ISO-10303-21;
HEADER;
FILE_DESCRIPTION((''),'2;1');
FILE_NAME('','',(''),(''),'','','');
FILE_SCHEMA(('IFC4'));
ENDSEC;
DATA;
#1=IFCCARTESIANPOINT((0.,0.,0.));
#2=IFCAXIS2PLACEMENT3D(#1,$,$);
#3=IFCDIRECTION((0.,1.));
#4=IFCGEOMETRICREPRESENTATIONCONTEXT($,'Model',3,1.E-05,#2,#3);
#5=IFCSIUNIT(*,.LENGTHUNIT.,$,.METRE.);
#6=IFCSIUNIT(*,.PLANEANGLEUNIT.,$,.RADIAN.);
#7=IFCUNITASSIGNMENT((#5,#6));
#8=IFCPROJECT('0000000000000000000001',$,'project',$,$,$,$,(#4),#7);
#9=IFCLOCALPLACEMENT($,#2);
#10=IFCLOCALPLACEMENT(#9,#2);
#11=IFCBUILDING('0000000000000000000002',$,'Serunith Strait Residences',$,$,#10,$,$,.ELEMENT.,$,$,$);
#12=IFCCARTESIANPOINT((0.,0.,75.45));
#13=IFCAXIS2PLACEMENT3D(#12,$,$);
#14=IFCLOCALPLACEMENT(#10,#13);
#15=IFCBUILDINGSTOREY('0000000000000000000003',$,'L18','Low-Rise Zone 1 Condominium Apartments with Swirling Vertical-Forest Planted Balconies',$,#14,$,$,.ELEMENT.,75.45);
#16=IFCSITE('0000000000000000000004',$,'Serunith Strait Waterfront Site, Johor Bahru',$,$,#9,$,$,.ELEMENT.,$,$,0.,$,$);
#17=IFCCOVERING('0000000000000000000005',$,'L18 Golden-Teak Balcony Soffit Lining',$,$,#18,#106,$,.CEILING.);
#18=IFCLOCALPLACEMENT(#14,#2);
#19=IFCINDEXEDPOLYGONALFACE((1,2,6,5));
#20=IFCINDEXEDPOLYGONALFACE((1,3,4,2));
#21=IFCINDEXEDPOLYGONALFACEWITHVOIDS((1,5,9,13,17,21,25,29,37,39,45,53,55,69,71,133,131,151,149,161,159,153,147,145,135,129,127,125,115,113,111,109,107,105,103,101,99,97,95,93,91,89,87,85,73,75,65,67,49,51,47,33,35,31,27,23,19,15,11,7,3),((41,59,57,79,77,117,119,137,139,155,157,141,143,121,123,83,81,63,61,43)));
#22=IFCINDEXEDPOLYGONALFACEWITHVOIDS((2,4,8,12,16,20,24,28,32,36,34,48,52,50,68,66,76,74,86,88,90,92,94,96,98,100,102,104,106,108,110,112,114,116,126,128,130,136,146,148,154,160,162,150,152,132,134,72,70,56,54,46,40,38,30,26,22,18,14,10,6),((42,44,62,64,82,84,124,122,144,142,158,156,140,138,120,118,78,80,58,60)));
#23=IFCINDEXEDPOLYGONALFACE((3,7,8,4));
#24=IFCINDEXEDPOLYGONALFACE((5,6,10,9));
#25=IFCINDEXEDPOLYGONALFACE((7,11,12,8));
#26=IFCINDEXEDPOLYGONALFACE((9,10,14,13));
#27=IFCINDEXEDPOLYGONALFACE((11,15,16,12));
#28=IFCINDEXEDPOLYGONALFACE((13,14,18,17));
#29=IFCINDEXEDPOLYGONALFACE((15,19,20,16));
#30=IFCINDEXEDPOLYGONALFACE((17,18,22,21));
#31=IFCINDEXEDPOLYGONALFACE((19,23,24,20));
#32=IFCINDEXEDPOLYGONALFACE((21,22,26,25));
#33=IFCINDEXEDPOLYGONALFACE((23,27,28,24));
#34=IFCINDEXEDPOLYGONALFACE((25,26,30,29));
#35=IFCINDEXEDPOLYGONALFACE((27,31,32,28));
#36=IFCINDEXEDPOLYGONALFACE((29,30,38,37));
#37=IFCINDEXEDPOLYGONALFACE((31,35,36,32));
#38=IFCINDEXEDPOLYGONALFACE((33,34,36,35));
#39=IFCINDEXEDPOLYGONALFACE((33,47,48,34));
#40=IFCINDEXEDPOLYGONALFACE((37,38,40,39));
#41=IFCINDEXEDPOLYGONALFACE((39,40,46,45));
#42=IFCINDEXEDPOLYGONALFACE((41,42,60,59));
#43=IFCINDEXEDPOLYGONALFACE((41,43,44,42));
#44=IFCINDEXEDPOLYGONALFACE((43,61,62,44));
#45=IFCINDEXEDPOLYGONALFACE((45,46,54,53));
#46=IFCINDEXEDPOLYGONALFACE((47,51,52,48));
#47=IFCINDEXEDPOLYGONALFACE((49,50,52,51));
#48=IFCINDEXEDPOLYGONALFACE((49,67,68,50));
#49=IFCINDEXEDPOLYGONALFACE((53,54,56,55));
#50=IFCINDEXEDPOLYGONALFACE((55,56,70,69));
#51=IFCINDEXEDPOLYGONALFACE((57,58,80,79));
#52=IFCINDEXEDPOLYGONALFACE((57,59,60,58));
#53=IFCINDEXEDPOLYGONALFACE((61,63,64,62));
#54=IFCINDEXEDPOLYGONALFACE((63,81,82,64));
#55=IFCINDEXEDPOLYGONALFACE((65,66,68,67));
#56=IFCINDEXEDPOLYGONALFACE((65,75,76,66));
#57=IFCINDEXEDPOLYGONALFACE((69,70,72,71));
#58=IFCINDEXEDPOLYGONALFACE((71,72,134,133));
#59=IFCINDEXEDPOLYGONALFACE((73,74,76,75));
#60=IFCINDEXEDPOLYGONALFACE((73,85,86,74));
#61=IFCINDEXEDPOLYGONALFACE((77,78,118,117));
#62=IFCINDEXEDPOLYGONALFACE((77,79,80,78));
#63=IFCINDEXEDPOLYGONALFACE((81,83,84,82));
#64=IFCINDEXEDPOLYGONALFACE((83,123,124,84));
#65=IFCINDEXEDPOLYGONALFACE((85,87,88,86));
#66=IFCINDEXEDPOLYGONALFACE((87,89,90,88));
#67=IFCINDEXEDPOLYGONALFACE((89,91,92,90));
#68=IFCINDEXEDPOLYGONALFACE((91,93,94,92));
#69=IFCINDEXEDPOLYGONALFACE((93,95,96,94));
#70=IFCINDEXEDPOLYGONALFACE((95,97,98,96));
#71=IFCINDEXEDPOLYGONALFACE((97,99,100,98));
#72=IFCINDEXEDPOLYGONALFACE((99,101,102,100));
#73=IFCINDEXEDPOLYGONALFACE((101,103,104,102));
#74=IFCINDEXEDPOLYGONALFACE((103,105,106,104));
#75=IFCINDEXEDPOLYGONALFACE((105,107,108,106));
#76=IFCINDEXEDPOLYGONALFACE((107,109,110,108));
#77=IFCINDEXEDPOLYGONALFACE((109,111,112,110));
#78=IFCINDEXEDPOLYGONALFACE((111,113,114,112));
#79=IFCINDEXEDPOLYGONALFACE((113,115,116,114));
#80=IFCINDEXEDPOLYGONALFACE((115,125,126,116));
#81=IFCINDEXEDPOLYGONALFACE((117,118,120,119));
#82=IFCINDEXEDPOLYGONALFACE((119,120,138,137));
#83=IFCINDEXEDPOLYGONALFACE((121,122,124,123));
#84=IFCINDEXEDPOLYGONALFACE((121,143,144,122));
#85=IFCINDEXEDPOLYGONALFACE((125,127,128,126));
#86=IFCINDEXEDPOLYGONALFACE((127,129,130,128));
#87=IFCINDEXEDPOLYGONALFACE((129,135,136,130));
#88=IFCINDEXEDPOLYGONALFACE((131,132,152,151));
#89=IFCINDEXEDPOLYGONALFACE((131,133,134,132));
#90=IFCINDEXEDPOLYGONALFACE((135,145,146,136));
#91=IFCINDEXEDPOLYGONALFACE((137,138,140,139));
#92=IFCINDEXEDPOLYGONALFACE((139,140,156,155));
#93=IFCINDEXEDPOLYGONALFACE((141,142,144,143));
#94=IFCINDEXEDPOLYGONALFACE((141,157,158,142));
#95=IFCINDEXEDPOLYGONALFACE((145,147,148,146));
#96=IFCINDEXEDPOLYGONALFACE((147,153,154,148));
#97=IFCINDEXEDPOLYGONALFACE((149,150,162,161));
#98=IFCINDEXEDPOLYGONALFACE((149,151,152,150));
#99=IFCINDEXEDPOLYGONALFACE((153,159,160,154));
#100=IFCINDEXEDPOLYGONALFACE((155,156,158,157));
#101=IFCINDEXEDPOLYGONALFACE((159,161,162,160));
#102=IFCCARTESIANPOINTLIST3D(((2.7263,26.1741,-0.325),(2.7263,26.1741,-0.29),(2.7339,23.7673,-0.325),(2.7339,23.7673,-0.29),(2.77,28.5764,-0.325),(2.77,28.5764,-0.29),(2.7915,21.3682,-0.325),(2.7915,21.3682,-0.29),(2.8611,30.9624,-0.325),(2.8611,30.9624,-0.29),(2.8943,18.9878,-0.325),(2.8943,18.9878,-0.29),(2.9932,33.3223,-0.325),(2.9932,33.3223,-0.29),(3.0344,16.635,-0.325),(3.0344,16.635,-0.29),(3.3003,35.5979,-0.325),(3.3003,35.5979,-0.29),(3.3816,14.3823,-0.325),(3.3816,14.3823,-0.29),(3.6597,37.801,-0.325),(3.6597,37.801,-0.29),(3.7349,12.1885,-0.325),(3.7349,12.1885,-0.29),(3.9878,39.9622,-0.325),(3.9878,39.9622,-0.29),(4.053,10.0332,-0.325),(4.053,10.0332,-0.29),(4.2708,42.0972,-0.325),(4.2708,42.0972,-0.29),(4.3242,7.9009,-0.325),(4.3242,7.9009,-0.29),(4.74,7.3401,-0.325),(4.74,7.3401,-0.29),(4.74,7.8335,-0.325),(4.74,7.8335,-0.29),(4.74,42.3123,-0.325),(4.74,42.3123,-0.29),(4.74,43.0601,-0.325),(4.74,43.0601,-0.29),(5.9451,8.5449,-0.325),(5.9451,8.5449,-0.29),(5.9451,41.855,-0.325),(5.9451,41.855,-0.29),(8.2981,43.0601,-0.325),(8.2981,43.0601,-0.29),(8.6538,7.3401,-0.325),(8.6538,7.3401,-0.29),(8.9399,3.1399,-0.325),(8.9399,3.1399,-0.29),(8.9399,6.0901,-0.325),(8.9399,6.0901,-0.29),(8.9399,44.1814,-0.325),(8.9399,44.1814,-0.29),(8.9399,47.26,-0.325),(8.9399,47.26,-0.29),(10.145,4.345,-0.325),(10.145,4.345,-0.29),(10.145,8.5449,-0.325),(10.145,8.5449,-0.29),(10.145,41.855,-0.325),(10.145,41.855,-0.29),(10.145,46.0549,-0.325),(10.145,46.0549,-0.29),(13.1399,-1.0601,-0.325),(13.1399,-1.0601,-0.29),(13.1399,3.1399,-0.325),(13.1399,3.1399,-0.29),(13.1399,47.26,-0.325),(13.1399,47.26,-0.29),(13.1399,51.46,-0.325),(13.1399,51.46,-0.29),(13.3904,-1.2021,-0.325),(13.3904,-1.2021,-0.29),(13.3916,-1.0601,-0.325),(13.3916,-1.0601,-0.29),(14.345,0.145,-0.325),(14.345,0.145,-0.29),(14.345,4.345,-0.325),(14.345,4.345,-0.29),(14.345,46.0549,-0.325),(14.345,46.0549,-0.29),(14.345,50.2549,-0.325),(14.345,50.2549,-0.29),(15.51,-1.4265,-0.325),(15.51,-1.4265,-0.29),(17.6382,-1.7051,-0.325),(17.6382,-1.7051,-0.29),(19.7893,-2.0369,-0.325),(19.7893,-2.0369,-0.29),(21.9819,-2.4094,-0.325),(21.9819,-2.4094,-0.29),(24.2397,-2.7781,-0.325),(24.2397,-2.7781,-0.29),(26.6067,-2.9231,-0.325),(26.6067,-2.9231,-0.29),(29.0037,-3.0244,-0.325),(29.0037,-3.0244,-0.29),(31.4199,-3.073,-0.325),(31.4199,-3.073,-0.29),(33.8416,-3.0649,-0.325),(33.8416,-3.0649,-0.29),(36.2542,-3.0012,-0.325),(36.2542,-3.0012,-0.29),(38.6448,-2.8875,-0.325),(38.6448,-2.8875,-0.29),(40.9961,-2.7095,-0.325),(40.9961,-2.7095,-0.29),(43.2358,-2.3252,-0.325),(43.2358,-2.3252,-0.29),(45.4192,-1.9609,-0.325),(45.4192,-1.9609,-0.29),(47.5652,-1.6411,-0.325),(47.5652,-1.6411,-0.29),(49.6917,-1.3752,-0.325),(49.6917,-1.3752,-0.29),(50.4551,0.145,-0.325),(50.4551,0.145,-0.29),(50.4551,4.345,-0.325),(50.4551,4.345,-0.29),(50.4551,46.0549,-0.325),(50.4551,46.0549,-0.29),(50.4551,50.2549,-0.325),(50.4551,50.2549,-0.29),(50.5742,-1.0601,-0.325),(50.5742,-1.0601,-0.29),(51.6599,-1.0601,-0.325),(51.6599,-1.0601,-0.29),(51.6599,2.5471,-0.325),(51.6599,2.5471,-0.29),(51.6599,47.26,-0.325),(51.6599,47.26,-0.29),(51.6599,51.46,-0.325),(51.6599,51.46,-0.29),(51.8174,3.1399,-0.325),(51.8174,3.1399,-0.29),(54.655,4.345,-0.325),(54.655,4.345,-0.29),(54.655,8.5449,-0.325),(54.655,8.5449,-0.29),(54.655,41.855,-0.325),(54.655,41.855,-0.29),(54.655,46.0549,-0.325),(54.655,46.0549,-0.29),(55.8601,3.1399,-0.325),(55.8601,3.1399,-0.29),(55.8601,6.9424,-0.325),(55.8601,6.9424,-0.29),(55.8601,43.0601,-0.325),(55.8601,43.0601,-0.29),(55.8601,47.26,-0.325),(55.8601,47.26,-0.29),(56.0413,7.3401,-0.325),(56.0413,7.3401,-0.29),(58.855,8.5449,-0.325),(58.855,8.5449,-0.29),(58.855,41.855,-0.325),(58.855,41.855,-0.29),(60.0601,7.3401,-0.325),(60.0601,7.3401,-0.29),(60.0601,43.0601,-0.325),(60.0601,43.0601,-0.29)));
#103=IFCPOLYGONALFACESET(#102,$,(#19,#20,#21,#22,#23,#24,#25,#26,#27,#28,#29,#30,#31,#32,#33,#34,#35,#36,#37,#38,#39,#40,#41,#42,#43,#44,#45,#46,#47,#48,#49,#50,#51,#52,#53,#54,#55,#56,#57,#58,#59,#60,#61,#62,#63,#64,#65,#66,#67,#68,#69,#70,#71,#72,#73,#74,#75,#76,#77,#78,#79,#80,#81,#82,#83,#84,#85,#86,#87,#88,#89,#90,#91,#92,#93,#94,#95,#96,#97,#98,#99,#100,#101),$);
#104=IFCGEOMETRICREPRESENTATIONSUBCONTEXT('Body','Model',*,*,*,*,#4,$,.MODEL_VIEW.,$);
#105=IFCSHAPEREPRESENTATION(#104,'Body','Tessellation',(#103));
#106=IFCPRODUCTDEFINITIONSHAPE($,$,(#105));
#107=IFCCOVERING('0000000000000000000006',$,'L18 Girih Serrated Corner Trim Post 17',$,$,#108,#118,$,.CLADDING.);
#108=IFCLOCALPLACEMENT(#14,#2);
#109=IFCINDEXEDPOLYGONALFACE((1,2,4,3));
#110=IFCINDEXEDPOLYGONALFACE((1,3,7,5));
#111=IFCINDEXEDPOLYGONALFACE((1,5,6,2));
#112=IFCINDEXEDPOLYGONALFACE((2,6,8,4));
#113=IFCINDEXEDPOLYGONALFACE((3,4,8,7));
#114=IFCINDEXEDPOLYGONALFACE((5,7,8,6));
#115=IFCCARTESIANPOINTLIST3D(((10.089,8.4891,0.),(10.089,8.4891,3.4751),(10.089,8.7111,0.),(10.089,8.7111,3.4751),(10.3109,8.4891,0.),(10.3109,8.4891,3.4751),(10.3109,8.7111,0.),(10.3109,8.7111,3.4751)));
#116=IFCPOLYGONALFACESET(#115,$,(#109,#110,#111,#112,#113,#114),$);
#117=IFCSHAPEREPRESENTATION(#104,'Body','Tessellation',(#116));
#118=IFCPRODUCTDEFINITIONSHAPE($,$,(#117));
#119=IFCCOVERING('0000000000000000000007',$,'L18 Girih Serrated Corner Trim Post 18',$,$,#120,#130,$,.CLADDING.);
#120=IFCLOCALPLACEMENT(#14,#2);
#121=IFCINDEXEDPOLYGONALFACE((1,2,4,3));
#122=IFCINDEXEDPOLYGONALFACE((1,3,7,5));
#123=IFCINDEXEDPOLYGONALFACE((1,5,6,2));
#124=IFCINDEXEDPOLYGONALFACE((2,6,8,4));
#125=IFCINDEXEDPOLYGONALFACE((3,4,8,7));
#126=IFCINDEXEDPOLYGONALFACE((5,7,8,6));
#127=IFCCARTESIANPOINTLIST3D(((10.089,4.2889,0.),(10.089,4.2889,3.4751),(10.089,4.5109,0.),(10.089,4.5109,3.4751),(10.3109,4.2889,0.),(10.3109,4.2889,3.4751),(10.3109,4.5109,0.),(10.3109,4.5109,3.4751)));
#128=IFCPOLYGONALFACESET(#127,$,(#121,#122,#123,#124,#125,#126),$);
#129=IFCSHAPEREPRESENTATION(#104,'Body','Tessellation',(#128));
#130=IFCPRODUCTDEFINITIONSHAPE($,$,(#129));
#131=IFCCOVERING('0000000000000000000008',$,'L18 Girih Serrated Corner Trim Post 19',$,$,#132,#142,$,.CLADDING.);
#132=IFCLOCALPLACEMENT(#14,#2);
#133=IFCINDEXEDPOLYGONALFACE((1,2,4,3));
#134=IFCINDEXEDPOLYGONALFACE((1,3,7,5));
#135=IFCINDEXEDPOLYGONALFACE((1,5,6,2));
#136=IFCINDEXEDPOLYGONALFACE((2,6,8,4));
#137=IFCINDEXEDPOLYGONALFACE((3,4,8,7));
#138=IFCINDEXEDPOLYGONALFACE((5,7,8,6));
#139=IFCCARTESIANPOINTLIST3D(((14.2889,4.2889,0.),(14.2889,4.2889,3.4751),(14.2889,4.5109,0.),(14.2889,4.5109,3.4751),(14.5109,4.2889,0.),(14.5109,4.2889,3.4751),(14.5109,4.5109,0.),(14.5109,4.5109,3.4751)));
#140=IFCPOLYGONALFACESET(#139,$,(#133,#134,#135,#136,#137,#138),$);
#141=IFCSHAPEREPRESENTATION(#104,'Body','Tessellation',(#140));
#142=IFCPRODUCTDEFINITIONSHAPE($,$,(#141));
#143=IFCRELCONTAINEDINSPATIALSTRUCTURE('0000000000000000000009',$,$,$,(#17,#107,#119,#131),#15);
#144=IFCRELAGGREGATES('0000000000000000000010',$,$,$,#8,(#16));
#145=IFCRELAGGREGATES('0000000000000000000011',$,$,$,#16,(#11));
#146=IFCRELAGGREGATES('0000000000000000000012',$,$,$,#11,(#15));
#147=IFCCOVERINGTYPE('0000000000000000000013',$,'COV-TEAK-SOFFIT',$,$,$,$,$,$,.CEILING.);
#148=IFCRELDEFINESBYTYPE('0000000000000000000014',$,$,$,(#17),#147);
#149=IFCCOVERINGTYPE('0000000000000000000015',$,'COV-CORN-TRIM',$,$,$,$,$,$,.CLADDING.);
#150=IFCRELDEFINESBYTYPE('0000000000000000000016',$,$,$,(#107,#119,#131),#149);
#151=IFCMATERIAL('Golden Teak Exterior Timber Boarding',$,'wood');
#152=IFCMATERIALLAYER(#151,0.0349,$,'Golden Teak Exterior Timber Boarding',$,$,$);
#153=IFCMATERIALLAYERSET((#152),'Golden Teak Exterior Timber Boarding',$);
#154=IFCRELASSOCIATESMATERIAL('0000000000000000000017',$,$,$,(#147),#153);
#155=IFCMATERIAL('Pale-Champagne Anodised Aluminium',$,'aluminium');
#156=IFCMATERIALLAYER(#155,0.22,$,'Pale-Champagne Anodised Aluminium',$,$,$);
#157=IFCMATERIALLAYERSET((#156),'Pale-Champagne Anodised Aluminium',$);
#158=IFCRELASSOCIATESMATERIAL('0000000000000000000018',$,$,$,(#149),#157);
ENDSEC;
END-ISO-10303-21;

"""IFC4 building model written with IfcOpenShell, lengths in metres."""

from ifc_helpers import new_model, si_unit, direction, frame, origin, origin_2d, place, context, subcontext, project, spatial, polyline, rectangle, outline, extrude, source, transform, mapped, material, layer, layer_set, type_object, element, save


model = new_model("IFC4")

# Units and contexts
model_context = context("Model", 3, precision=1e-05, world=origin(), true_north=direction((0.0, 1.0)))
body_context = subcontext(model_context, "Body", "Model", "MODEL_VIEW")
ifc_project = project(units=[si_unit("LENGTHUNIT", "METRE"), si_unit("PLANEANGLEUNIT", "RADIAN")], contexts=[model_context])

# Site, building, storey
site_placement = place(None, origin())
site = spatial("IfcSite", under=ifc_project, at=site_placement, Name="Serunith Strait Waterfront Site, Johor Bahru", CompositionType="ELEMENT", RefElevation=0.0)
building_placement = place(site_placement, origin())
building = spatial("IfcBuilding", under=site, at=building_placement, Name="Serunith Strait Residences", CompositionType="ELEMENT")
storey_placement = place(building_placement, frame((0.0, 0.0, 75.45)))
storey = spatial("IfcBuildingStorey", under=building, at=storey_placement, Name="L18", Description="Low-Rise Zone 1 Condominium Apartments with Swirling Vertical-Forest Planted Balconies", CompositionType="ELEMENT", Elevation=75.45)

# Shared definitions
ifc_material_1 = material(Name="Pale-Champagne Anodised Aluminium", Category="aluminium")

# Covering
ifc_material_2 = material(Name="Golden Teak Exterior Timber Boarding", Category="wood")
ifc_layer_1 = layer(ifc_material_2, 0.0349, Name="Golden Teak Exterior Timber Boarding")
ifc_layer_set_1 = layer_set([ifc_layer_1], Name="Golden Teak Exterior Timber Boarding")
covering_type_1 = type_object("IfcCoveringType", Name="COV-TEAK-SOFFIT", PredefinedType="CEILING", material=ifc_layer_set_1)
covering_placement = place(storey_placement, frame((0.0, 0.0, -0.325)))
element("IfcCovering", 1, at=covering_placement, inside=storey, type_object=covering_type_1, Name="L18 Golden-Teak Balcony Soffit Lining", PredefinedType="CEILING", context=body_context, shape_type="SweptSolid", body=[
    extrude(outline(polyline([(13.1399, 3.1399), (8.9399, 3.1399), (8.9399, 6.0901), (8.6538, 7.3401), (4.74, 7.3401), (4.74, 7.8335), (4.3242, 7.9009), (4.053, 10.0332), (3.7349, 12.1885), (3.3816, 14.3823), (3.0344, 16.635), (2.8943, 18.9878), (2.7915, 21.3682), (2.7339, 23.7673), (2.7263, 26.1741), (2.77, 28.5764), (2.8611, 30.9624), (2.9932, 33.3223), (3.3003, 35.5979), (3.6597, 37.801), (3.9878, 39.9622), (4.2708, 42.0972), (4.74, 42.3123), (4.74, 43.0601), (8.2981, 43.0601), (8.9399, 44.1814), (8.9399, 47.26), (13.1399, 47.26), (13.1399, 51.46), (51.6599, 51.46), (51.6599, 47.26), (55.8601, 47.26), (55.8601, 43.0601), (60.0601, 43.0601), (60.0601, 7.3401), (56.0413, 7.3401), (55.8601, 6.9424), (55.8601, 3.1399), (51.8174, 3.1399), (51.6599, 2.5471), (51.6599, -1.0601), (50.5742, -1.0601), (49.6917, -1.3752), (47.5652, -1.6411), (45.4192, -1.9609), (43.2358, -2.3252), (40.9961, -2.7095), (38.6448, -2.8875), (36.2542, -3.0012), (33.8416, -3.0649), (31.4199, -3.073), (29.0037, -3.0244), (26.6067, -2.9231), (24.2397, -2.7781), (21.9819, -2.4094), (19.7893, -2.0369), (17.6382, -1.7051), (15.51, -1.4265), (13.3904, -1.2021), (13.3916, -1.0601), (13.1399, -1.0601), (13.1399, 3.1399)]), holes=[polyline([(50.4551, 0.145), (50.4551, 4.345), (54.655, 4.345), (54.655, 8.5449), (58.855, 8.5449), (58.855, 41.855), (54.655, 41.855), (54.655, 46.0549), (50.4551, 46.0549), (50.4551, 50.2549), (14.345, 50.2549), (14.345, 46.0549), (10.145, 46.0549), (10.145, 41.855), (5.9451, 41.855), (5.9451, 8.5449), (10.145, 8.5449), (10.145, 4.345), (14.345, 4.345), (14.345, 0.145), (50.4551, 0.145)])]), origin(), (0.0, 0.0, 1.0), 0.0349),
])

# Coverings
ifc_layer_2 = layer(ifc_material_1, 0.22, Name="Pale-Champagne Anodised Aluminium")
ifc_layer_set_2 = layer_set([ifc_layer_2], Name="Pale-Champagne Anodised Aluminium")
covering_type_2 = type_object("IfcCoveringType", Name="COV-CORN-TRIM", PredefinedType="CLADDING", material=ifc_layer_set_2)
shared_shape_1 = source(origin(), body_context, "Body", "SweptSolid", [
    extrude(rectangle(XDim=0.2219, YDim=0.2219, at=origin_2d()), origin(), (0.0, 0.0, 1.0), 3.4751),
])
for number, where, z_axis, x_axis, name in (
    (2, (10.2, 8.6001, 0.0), (0.0, 0.0, 1.0), (1.0, 0.0, 0.0), "L18 Girih Serrated Corner Trim Post 17"),
    (3, (10.2, 4.3999, 0.0), (0.0, 0.0, 1.0), (1.0, 0.0, 0.0), "L18 Girih Serrated Corner Trim Post 18"),
    (4, (14.3999, 4.3999, 0.0), (0.0, 0.0, 1.0), (1.0, 0.0, 0.0), "L18 Girih Serrated Corner Trim Post 19"),
):
    element("IfcCovering", number, at=place(storey_placement, frame(where, z_axis=z_axis, x_axis=x_axis)), inside=storey, type_object=covering_type_2, Name=name, PredefinedType="CLADDING", context=body_context, shape_type="MappedRepresentation", body=[
        mapped(shared_shape_1, transform((0.0, 0.0, 0.0), scale=1.0)),
    ])

save(model, "model.ifc")
